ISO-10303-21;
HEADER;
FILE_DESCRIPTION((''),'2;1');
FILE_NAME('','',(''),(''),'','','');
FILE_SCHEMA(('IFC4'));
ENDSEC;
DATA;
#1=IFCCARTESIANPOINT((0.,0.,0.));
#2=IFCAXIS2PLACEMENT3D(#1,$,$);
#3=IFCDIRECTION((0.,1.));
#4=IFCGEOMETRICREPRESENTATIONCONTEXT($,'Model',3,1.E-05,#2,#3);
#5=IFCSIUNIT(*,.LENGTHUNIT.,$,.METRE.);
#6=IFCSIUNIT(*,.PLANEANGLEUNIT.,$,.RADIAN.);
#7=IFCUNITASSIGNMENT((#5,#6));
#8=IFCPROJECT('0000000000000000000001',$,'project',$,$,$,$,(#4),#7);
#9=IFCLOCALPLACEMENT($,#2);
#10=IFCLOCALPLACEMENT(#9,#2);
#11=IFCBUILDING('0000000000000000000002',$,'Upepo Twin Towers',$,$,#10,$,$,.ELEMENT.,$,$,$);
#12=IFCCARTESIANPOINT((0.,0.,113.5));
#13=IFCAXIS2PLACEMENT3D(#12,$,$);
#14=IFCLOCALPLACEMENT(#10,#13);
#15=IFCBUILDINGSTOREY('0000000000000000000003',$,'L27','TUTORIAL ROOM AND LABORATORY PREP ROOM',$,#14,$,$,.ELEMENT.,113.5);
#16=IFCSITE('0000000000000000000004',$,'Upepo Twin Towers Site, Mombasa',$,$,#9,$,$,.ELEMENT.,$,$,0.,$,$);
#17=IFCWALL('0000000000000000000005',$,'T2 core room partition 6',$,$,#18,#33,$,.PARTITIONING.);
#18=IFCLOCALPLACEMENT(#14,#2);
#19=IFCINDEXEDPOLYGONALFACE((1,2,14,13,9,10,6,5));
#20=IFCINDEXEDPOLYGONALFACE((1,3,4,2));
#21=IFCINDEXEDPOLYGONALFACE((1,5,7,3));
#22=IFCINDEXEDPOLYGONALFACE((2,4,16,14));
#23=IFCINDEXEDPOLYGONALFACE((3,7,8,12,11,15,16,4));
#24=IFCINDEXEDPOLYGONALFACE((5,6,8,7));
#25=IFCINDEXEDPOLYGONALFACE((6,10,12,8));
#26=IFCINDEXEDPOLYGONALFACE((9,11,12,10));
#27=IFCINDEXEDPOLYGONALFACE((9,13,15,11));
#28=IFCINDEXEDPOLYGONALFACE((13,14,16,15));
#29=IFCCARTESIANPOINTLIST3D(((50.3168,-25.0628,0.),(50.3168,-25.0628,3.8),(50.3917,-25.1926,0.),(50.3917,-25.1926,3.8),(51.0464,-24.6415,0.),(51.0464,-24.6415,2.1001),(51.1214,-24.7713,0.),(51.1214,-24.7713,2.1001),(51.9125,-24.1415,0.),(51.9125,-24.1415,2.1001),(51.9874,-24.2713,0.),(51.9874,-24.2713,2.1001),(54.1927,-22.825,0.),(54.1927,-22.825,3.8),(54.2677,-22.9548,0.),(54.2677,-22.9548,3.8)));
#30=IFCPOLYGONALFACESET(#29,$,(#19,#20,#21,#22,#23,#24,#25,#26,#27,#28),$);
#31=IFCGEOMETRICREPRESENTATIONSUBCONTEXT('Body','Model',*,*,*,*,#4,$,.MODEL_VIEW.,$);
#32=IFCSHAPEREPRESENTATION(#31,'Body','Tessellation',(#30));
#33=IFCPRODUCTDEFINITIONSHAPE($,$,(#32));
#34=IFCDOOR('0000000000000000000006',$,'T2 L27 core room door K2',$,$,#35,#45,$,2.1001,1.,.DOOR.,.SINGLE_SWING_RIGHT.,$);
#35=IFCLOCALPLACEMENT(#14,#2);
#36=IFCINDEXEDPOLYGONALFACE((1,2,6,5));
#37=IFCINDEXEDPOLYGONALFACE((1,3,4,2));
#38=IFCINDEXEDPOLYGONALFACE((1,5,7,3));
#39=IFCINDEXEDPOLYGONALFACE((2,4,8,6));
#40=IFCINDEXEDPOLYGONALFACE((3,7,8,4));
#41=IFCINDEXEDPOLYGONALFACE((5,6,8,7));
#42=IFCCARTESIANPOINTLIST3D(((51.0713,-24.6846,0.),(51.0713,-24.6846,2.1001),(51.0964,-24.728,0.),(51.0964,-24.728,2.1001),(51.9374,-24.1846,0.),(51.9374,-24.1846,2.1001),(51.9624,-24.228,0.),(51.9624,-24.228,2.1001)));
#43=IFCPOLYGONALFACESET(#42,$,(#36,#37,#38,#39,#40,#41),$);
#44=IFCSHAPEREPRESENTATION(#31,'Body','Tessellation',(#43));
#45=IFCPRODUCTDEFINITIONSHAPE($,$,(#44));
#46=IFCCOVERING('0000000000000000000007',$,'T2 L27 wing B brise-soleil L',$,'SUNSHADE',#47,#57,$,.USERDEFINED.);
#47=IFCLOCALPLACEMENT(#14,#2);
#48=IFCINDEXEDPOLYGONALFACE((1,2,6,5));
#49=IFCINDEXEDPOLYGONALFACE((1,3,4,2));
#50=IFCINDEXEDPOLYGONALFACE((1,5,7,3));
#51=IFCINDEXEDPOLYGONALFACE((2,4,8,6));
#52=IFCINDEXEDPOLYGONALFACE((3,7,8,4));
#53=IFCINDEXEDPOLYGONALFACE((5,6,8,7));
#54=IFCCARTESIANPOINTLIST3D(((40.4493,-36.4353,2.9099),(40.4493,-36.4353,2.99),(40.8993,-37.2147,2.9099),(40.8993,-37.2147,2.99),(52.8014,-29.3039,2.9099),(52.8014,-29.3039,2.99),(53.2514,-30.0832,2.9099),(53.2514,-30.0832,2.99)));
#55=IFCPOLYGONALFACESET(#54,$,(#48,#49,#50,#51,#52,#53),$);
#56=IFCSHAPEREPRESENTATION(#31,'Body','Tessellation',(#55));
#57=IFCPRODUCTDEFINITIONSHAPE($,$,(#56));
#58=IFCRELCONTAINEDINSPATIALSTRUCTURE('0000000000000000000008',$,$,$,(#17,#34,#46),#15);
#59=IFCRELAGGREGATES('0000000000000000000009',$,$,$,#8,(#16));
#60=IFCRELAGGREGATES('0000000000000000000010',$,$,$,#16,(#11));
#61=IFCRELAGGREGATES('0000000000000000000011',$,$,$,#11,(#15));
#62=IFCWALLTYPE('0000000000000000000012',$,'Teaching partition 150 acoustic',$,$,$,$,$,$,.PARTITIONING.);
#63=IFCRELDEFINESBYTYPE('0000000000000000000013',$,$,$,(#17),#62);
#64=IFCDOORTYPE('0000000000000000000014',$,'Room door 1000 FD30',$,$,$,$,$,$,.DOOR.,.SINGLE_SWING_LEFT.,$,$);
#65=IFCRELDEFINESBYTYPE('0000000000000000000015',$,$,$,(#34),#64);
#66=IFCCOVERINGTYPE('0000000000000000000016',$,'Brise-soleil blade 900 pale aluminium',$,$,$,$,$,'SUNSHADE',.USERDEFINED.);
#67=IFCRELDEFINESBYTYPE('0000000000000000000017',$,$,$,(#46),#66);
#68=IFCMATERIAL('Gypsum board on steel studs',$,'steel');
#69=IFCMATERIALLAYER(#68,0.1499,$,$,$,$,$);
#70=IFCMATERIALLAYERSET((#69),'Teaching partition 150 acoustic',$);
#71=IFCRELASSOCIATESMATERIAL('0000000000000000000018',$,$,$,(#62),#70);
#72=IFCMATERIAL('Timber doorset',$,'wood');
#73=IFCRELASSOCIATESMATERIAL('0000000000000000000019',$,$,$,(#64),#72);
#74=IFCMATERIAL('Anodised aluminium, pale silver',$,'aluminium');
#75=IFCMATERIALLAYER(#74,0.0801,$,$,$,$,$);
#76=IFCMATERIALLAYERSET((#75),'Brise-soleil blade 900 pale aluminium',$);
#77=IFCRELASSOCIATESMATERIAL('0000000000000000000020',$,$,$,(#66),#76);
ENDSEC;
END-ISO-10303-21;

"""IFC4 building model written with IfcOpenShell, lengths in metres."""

from ifc_helpers import new_model, si_unit, direction, frame, frame_2d, origin, origin_2d, place, context, subcontext, project, spatial, rectangle, extrude, material, layer, layer_set, type_object, element, fill, save


model = new_model("IFC4")

# Units and contexts
model_context = context("Model", 3, precision=1e-05, world=origin(), true_north=direction((0.0, 1.0)))
body_context = subcontext(model_context, "Body", "Model", "MODEL_VIEW")
ifc_project = project(units=[si_unit("LENGTHUNIT", "METRE"), si_unit("PLANEANGLEUNIT", "RADIAN")], contexts=[model_context])

# Site, building, storey
site_placement = place(None, origin())
site = spatial("IfcSite", under=ifc_project, at=site_placement, Name="Upepo Twin Towers Site, Mombasa", CompositionType="ELEMENT", RefElevation=0.0)
building_placement = place(site_placement, origin())
building = spatial("IfcBuilding", under=site, at=building_placement, Name="Upepo Twin Towers", CompositionType="ELEMENT")
storey_placement = place(building_placement, frame((0.0, 0.0, 113.5)))
storey = spatial("IfcBuildingStorey", under=building, at=storey_placement, Name="L27", Description="TUTORIAL ROOM AND LABORATORY PREP ROOM", CompositionType="ELEMENT", Elevation=113.5)

# Wall, opening, door
ifc_material_1 = material(Name="Gypsum board on steel studs", Category="steel")
ifc_layer_1 = layer(ifc_material_1, 0.1499)
ifc_layer_set_1 = layer_set([ifc_layer_1], Name="Teaching partition 150 acoustic")
wall_type_1 = type_object("IfcWallType", Name="Teaching partition 150 acoustic", PredefinedType="PARTITIONING", material=ifc_layer_set_1)
wall_1_placement = place(storey_placement, frame((54.2302, -22.8899, 0.0), z_axis=(0.0, 0.0, 1.0), x_axis=(-0.866026, -0.499999, 0.0)))
wall_1 = element("IfcWall", 1, at=wall_1_placement, inside=storey, type_object=wall_type_1, Name="T2 core room partition 6", PredefinedType="PARTITIONING", context=body_context, shape_type="SweptSolid", body=[
    extrude(rectangle(XDim=4.4756, YDim=0.1499, at=frame_2d((2.2378, 0.0))), origin(), (0.0, 0.0, 1.0), 3.8),
])
opening_1_placement = place(wall_1_placement, frame((2.6331, 0.0, 0.0)))
opening_1 = element("IfcOpeningElement", 2, at=opening_1_placement, cuts=wall_1, PredefinedType="OPENING", context=body_context, shape_type="SweptSolid", body=[
    extrude(rectangle(XDim=1.0, YDim=2.1001, at=frame_2d((0.5, 1.05))), frame((0.0, 0.085, 0.0), z_axis=(0.0, -1.0, 0.0), x_axis=(1.0, 0.0, 0.0)), (0.0, 0.0, 1.0), 0.1699),
])
ifc_material_2 = material(Name="Timber doorset", Category="wood")
door_type_1 = type_object("IfcDoorType", Name="Room door 1000 FD30", OperationType="SINGLE_SWING_LEFT", PredefinedType="DOOR", material=ifc_material_2)
door_1_placement = place(opening_1_placement, origin())
door_1 = element("IfcDoor", 3, at=door_1_placement, inside=storey, type_object=door_type_1, Name="T2 L27 core room door K2", OperationType="SINGLE_SWING_RIGHT", OverallHeight=2.1001, OverallWidth=1.0, PredefinedType="DOOR", context=body_context, shape_type="SweptSolid", body=[
    extrude(rectangle(XDim=1.0, YDim=2.1001, at=frame_2d((0.5, 1.05))), frame((0.0, 0.0249, 0.0), z_axis=(0.0, -1.0, 0.0), x_axis=(1.0, 0.0, 0.0)), (0.0, 0.0, 1.0), 0.05),
])
fill(opening_1, door_1)

# Covering
ifc_material_3 = material(Name="Anodised aluminium, pale silver", Category="aluminium")
ifc_layer_2 = layer(ifc_material_3, 0.0801)
ifc_layer_set_2 = layer_set([ifc_layer_2], Name="Brise-soleil blade 900 pale aluminium")
covering_type = type_object("IfcCoveringType", Name="Brise-soleil blade 900 pale aluminium", ElementType="SUNSHADE", PredefinedType="USERDEFINED", material=ifc_layer_set_2)
covering_placement = place(storey_placement, frame((46.8503, -33.2593, 2.9099), z_axis=(0.0, 0.0, 1.0), x_axis=(-0.866025, -0.5, 0.0)))
element("IfcCovering", 4, at=covering_placement, inside=storey, type_object=covering_type, Name="T2 L27 wing B brise-soleil L", ObjectType="SUNSHADE", PredefinedType="USERDEFINED", context=body_context, shape_type="SweptSolid", body=[
    extrude(rectangle(XDim=14.2629, YDim=0.8999, at=origin_2d()), origin(), (0.0, 0.0, 1.0), 0.0801),
])

save(model, "model.ifc")
